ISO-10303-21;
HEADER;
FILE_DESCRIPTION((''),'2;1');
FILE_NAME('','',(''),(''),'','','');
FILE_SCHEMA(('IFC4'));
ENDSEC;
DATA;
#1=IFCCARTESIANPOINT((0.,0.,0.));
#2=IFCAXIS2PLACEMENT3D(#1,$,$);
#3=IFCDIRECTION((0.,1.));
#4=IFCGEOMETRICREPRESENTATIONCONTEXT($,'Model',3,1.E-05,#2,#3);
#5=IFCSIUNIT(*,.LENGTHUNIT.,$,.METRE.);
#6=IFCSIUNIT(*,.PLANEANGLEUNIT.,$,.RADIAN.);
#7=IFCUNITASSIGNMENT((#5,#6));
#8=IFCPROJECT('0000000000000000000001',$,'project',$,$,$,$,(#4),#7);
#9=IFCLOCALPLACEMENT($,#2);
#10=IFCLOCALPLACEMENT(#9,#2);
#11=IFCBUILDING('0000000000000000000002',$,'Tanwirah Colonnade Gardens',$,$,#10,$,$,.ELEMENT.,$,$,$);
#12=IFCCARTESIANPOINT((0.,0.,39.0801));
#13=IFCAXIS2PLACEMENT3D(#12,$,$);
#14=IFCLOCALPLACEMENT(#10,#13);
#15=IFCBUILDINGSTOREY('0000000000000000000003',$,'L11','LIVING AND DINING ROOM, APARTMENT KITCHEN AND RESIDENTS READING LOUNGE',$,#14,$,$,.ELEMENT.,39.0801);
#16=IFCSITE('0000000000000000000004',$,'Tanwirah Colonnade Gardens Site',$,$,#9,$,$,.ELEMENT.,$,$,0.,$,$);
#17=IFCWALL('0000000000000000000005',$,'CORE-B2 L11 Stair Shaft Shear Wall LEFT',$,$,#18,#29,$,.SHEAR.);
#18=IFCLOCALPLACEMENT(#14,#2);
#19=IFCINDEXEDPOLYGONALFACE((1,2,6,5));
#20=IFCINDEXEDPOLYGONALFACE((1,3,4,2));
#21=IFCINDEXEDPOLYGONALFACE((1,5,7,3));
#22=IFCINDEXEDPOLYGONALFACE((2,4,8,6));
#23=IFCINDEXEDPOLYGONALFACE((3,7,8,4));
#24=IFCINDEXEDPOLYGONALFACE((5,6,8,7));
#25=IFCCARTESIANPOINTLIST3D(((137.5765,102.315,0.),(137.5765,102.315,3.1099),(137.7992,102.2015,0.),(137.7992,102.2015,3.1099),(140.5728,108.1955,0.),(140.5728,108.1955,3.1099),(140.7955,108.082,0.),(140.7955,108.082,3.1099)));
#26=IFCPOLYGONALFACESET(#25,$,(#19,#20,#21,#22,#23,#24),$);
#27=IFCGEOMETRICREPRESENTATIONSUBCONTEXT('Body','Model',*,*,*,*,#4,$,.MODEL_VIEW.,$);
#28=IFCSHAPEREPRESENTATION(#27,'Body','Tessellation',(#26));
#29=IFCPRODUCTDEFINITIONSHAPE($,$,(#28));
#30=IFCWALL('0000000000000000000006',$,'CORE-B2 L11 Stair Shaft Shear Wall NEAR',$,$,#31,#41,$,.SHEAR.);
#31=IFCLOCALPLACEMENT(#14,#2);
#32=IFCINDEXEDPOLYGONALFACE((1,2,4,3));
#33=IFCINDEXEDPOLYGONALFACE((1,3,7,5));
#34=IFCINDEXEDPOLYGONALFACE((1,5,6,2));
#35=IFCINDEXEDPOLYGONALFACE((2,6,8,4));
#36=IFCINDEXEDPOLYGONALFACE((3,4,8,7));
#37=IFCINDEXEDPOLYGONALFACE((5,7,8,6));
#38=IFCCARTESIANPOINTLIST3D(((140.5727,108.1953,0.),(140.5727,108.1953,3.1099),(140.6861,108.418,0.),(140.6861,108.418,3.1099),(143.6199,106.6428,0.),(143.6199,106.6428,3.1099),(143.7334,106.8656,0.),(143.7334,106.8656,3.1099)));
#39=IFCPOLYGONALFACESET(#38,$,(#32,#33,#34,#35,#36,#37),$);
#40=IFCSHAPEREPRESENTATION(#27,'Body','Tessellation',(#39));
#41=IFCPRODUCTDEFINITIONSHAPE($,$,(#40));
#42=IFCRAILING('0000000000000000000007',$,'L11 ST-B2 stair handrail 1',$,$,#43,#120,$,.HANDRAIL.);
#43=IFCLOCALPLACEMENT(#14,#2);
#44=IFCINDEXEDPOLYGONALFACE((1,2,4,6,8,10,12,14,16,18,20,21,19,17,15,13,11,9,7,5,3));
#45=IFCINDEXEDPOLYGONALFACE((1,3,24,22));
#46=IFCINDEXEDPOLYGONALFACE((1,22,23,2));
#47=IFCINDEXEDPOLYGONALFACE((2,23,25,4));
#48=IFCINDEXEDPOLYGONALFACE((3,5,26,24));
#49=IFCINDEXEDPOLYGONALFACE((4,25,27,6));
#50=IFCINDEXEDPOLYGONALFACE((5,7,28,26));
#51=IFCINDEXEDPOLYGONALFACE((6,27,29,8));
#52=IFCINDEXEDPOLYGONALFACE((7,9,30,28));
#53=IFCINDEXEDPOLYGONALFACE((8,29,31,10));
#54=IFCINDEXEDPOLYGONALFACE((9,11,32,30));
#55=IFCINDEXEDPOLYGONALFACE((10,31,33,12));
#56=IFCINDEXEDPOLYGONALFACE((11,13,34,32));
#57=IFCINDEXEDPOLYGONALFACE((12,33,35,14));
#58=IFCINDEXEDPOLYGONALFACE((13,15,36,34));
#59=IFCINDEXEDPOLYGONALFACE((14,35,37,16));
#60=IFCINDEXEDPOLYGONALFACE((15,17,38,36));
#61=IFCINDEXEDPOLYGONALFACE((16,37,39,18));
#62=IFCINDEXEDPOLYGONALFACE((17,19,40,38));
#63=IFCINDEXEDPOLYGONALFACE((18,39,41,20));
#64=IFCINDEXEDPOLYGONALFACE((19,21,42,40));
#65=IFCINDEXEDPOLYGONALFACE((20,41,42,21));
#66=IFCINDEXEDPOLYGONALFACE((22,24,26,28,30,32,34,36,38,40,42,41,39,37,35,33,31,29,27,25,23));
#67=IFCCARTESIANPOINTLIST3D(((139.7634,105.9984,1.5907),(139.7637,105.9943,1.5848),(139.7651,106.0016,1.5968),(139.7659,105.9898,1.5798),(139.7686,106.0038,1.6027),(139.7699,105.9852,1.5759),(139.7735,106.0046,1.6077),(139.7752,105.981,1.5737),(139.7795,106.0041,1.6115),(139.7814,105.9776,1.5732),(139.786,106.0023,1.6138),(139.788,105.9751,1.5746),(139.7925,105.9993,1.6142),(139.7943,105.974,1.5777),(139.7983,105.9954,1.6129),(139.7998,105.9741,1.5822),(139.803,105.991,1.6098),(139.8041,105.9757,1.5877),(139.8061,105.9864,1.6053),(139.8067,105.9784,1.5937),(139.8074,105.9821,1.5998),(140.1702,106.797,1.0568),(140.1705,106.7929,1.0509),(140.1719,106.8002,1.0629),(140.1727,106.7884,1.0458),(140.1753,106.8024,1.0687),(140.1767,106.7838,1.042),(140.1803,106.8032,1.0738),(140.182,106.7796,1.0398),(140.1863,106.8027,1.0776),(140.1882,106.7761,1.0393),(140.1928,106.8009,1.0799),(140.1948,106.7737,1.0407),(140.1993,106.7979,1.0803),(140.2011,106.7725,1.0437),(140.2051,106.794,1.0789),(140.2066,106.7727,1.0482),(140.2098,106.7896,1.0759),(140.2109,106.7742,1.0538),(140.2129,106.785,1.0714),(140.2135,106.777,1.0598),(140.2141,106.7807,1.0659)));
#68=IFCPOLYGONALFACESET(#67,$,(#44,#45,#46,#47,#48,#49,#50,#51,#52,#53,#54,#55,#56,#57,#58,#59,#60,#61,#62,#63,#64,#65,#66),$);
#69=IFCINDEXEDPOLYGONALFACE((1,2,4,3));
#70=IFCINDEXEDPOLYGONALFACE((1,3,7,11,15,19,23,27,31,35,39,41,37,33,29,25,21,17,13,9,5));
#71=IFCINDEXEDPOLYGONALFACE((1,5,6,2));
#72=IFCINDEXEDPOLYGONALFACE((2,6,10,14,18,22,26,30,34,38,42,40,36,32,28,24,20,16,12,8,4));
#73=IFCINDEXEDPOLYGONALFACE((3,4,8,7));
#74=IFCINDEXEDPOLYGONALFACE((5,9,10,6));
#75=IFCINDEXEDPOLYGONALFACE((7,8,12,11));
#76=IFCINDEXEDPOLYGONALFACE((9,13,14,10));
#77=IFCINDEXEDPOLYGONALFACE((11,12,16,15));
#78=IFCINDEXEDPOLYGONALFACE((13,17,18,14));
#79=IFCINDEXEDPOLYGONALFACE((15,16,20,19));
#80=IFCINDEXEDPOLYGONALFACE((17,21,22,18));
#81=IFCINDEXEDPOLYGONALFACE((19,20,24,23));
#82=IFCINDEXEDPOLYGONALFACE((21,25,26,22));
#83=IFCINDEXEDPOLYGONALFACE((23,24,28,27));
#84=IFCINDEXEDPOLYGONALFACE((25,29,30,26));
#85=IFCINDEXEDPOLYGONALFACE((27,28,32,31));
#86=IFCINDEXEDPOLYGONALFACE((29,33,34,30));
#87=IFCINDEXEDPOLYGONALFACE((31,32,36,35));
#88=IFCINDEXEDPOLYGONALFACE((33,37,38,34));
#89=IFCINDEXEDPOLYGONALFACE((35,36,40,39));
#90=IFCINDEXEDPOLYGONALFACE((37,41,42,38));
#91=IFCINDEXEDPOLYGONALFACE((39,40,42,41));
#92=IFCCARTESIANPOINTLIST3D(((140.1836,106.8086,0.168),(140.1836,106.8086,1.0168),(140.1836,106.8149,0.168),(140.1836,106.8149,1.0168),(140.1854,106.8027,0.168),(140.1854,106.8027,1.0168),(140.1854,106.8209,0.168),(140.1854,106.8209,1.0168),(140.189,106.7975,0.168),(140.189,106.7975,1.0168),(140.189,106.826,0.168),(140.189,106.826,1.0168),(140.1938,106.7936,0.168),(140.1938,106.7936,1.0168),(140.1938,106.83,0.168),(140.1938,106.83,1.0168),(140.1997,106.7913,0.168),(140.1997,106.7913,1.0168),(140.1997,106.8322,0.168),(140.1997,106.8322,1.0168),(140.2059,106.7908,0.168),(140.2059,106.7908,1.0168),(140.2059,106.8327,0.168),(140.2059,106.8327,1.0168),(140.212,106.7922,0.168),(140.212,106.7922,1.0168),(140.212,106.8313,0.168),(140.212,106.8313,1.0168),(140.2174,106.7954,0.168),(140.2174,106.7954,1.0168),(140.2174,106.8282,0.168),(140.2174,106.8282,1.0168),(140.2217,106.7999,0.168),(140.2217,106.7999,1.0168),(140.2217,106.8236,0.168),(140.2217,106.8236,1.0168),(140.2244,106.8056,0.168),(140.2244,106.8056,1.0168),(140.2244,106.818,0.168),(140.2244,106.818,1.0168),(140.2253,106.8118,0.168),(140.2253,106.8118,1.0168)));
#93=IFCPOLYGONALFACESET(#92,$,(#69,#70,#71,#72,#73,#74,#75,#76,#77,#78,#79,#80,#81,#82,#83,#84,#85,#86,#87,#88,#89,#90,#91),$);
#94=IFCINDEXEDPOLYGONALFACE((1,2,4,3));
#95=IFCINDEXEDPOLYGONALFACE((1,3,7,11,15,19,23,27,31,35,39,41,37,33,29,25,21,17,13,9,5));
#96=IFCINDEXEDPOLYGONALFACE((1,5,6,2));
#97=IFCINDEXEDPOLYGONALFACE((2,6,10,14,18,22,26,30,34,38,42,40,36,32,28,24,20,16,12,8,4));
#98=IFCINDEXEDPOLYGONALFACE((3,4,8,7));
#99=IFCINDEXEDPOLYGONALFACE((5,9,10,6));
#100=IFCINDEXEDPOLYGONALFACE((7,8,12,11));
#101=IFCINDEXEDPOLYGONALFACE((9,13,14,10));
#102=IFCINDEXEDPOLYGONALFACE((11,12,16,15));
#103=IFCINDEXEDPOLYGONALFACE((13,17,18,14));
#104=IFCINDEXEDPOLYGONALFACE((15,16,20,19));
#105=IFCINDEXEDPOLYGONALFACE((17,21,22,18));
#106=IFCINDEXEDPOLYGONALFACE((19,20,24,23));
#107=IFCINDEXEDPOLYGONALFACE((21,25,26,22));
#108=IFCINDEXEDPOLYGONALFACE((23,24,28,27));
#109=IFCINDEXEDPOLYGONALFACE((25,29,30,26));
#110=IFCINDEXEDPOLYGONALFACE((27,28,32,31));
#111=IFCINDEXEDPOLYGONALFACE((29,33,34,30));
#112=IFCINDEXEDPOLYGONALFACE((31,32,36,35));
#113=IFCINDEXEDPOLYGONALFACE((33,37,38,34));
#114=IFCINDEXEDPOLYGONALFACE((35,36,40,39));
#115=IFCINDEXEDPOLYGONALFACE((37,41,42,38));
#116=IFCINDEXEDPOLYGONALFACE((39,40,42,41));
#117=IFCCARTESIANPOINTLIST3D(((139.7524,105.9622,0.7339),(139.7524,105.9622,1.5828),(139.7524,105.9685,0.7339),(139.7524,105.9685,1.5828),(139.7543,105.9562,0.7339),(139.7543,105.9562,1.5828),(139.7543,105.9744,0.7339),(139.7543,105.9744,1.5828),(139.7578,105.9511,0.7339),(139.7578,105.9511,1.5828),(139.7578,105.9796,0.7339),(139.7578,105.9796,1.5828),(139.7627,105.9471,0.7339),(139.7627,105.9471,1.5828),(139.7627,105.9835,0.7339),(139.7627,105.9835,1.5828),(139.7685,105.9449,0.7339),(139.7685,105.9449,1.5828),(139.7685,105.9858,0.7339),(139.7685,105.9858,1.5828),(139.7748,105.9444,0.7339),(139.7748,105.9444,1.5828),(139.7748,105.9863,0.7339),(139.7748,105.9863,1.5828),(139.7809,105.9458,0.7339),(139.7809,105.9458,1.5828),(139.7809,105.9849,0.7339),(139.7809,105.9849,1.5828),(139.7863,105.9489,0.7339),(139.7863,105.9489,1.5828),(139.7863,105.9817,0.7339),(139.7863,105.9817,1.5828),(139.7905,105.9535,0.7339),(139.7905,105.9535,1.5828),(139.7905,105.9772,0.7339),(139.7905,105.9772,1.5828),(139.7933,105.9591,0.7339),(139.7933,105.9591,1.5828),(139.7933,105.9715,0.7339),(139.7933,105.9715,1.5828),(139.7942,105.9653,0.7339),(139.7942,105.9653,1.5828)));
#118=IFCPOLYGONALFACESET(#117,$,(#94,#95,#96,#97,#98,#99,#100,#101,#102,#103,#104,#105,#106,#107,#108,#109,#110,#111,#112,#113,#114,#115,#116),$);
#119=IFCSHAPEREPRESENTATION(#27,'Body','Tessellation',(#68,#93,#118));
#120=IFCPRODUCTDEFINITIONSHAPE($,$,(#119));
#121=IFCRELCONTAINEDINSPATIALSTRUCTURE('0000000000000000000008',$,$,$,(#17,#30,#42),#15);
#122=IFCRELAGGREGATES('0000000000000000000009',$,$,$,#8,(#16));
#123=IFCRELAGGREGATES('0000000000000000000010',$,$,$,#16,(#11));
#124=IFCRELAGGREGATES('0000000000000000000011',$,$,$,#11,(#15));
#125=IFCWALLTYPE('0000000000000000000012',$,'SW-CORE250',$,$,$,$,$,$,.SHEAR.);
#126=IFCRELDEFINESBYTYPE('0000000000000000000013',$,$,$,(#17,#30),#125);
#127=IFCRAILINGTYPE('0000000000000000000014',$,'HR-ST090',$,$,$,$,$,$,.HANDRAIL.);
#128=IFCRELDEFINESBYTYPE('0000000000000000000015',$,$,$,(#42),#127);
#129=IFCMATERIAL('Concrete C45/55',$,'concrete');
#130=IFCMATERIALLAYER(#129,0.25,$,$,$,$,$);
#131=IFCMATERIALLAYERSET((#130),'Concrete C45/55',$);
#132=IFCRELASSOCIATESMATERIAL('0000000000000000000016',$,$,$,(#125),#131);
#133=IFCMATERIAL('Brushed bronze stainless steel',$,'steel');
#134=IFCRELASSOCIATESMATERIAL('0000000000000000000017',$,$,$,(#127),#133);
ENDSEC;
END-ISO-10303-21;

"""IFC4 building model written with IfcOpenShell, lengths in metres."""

from ifc_helpers import new_model, si_unit, direction, frame, frame_2d, origin, origin_2d, place, context, subcontext, project, spatial, rectangle, circle, extrude, material, layer, layer_set, type_object, element, save


model = new_model("IFC4")

# Units and contexts
model_context = context("Model", 3, precision=1e-05, world=origin(), true_north=direction((0.0, 1.0)))
body_context = subcontext(model_context, "Body", "Model", "MODEL_VIEW")
ifc_project = project(units=[si_unit("LENGTHUNIT", "METRE"), si_unit("PLANEANGLEUNIT", "RADIAN")], contexts=[model_context])

# Site, building, storey
site_placement = place(None, origin())
site = spatial("IfcSite", under=ifc_project, at=site_placement, Name="Tanwirah Colonnade Gardens Site", CompositionType="ELEMENT", RefElevation=0.0)
building_placement = place(site_placement, origin())
building = spatial("IfcBuilding", under=site, at=building_placement, Name="Tanwirah Colonnade Gardens", CompositionType="ELEMENT")
storey_placement = place(building_placement, frame((0.0, 0.0, 39.0801)))
storey = spatial("IfcBuildingStorey", under=building, at=storey_placement, Name="L11", Description="LIVING AND DINING ROOM, APARTMENT KITCHEN AND RESIDENTS READING LOUNGE", CompositionType="ELEMENT", Elevation=39.0801)

# Walls
ifc_material_1 = material(Name="Concrete C45/55", Category="concrete")
ifc_layer_1 = layer(ifc_material_1, 0.25)
ifc_layer_set_1 = layer_set([ifc_layer_1], Name="Concrete C45/55")
wall_type_1 = type_object("IfcWallType", Name="SW-CORE250", PredefinedType="SHEAR", material=ifc_layer_set_1)
wall_1_placement = place(storey_placement, frame((140.6841, 108.1387, 0.0), z_axis=(0.0, 0.0, 1.0), x_axis=(-0.453992, -0.891006, 0.0)))
element("IfcWall", 1, at=wall_1_placement, inside=storey, type_object=wall_type_1, Name="CORE-B2 L11 Stair Shaft Shear Wall LEFT", PredefinedType="SHEAR", context=body_context, shape_type="SweptSolid", body=[
    extrude(rectangle(XDim=6.5999, YDim=0.25, at=frame_2d((3.2998, 0.0))), origin(), (0.0, 0.0, 1.0), 3.1099),
])
wall_2_placement = place(storey_placement, frame((140.6294, 108.3066, 0.0), z_axis=(0.0, 0.0, 1.0), x_axis=(0.891032, -0.45394, 0.0)))
element("IfcWall", 2, at=wall_2_placement, inside=storey, type_object=wall_type_1, Name="CORE-B2 L11 Stair Shaft Shear Wall NEAR", PredefinedType="SHEAR", context=body_context, shape_type="SweptSolid", body=[
    extrude(rectangle(XDim=3.4199, YDim=0.25, at=frame_2d((1.71, 0.0))), origin(), (0.0, 0.0, 1.0), 3.1099),
])

# Railing
ifc_material_2 = material(Name="Brushed bronze stainless steel", Category="steel")
railing_type = type_object("IfcRailingType", Name="HR-ST090", PredefinedType="HANDRAIL", material=ifc_material_2)
railing_placement = place(storey_placement, frame((140.2043, 106.8118, 0.168)))
element("IfcRailing", 3, at=railing_placement, inside=storey, type_object=railing_type, Name="L11 ST-B2 stair handrail 1", PredefinedType="HANDRAIL", context=body_context, shape_type="SweptSolid", body=[
    extrude(circle(Radius=0.0239, at=origin_2d()), frame((-0.0122, -0.0239, 0.8918), z_axis=(-0.38993, -0.765509, 0.511811), x_axis=(0.891061, -0.453883, 0.0)), (0.0, 0.0, 1.0), 1.0432),
    extrude(circle(Radius=0.021, at=origin_2d()), origin(), (0.0, 0.0, 1.0), 0.8489),
    extrude(circle(Radius=0.021, at=origin_2d()), frame((-0.4312, -0.8464, 0.5659)), (0.0, 0.0, 1.0), 0.8489),
])

save(model, "model.ifc")
